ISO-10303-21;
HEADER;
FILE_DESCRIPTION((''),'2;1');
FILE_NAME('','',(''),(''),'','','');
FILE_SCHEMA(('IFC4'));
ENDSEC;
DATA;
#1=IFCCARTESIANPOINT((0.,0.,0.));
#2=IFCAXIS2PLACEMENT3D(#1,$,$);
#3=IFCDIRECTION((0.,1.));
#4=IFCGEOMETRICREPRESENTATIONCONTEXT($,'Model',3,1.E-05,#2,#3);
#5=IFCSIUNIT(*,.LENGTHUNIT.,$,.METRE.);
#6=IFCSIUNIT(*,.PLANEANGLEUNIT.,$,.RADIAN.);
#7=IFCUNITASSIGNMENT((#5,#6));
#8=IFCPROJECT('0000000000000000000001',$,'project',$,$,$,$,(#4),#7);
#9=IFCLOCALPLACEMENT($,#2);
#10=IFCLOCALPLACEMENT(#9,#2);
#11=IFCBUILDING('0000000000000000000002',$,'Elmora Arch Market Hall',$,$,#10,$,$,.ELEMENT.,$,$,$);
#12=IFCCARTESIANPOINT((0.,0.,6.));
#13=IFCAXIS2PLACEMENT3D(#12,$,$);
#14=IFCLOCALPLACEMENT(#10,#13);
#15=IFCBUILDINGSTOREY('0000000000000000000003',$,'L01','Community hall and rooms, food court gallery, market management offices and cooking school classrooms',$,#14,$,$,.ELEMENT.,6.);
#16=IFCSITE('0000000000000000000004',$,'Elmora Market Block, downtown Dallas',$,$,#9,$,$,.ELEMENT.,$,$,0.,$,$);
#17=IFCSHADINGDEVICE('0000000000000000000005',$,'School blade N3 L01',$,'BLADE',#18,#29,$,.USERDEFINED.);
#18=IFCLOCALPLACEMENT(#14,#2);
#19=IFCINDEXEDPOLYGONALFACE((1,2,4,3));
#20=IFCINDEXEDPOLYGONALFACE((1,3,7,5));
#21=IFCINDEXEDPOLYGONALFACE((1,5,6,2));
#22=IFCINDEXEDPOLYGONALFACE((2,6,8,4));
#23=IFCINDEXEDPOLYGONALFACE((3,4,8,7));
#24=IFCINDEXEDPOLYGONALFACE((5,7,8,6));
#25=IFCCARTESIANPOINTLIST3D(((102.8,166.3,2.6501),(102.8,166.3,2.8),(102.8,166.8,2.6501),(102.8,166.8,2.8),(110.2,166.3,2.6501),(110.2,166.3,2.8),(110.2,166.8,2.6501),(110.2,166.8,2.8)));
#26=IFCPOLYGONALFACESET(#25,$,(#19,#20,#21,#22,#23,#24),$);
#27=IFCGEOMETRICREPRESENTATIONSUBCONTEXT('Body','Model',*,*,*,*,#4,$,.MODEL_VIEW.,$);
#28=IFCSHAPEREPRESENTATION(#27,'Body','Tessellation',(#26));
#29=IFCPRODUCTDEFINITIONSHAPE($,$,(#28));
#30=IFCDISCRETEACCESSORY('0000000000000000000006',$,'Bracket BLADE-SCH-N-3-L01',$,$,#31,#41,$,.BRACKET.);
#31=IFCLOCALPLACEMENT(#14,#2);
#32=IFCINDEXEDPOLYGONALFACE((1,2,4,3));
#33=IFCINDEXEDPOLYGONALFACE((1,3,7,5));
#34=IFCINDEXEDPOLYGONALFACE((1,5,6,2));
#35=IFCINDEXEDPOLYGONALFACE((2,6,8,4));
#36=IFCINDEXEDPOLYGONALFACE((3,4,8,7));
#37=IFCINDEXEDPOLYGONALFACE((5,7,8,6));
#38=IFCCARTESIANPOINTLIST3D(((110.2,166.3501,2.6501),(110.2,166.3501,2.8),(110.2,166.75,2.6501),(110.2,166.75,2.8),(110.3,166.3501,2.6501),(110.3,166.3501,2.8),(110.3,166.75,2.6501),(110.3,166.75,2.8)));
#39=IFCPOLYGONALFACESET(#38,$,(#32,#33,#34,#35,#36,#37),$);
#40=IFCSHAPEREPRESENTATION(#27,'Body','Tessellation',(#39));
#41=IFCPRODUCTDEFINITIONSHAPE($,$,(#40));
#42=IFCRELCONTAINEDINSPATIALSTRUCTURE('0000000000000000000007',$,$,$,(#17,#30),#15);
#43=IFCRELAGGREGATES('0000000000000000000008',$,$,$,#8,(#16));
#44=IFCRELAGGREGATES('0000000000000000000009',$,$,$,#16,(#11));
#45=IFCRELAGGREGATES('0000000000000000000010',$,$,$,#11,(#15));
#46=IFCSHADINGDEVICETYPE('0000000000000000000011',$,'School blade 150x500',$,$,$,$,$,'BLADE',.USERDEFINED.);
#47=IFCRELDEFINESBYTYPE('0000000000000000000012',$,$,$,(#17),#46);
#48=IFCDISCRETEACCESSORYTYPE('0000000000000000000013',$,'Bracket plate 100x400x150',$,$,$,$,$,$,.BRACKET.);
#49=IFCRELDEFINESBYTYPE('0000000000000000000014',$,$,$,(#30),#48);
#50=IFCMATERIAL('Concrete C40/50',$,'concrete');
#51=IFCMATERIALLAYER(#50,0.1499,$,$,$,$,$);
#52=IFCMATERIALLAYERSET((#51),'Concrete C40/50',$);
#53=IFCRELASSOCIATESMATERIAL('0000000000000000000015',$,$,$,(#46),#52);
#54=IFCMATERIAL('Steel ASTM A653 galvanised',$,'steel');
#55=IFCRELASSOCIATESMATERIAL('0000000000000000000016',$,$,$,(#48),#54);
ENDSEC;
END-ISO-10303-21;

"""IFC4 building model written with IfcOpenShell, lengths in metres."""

from ifc_helpers import new_model, si_unit, direction, frame, origin, origin_2d, place, context, subcontext, project, spatial, rectangle, extrude, material, layer, layer_set, type_object, element, save


model = new_model("IFC4")

# Units and contexts
model_context = context("Model", 3, precision=1e-05, world=origin(), true_north=direction((0.0, 1.0)))
body_context = subcontext(model_context, "Body", "Model", "MODEL_VIEW")
ifc_project = project(units=[si_unit("LENGTHUNIT", "METRE"), si_unit("PLANEANGLEUNIT", "RADIAN")], contexts=[model_context])

# Site, building, storey
site_placement = place(None, origin())
site = spatial("IfcSite", under=ifc_project, at=site_placement, Name="Elmora Market Block, downtown Dallas", CompositionType="ELEMENT", RefElevation=0.0)
building_placement = place(site_placement, origin())
building = spatial("IfcBuilding", under=site, at=building_placement, Name="Elmora Arch Market Hall", CompositionType="ELEMENT")
storey_placement = place(building_placement, frame((0.0, 0.0, 6.0)))
storey = spatial("IfcBuildingStorey", under=building, at=storey_placement, Name="L01", Description="Community hall and rooms, food court gallery, market management offices and cooking school classrooms", CompositionType="ELEMENT", Elevation=6.0)

# Shading device
ifc_material_1 = material(Name="Concrete C40/50", Category="concrete")
ifc_layer_1 = layer(ifc_material_1, 0.1499)
ifc_layer_set_1 = layer_set([ifc_layer_1], Name="Concrete C40/50")
shading_device_type = type_object("IfcShadingDeviceType", Name="School blade 150x500", ElementType="BLADE", PredefinedType="USERDEFINED", material=ifc_layer_set_1)
shading_device_placement = place(storey_placement, frame((106.5, 166.55, 2.6501), z_axis=(0.0, 0.0, 1.0), x_axis=(1.0, 0.0, 0.0)))
element("IfcShadingDevice", 1, at=shading_device_placement, inside=storey, type_object=shading_device_type, Name="School blade N3 L01", ObjectType="BLADE", PredefinedType="USERDEFINED", context=body_context, shape_type="SweptSolid", body=[
    extrude(rectangle(XDim=7.3999, YDim=0.5, at=origin_2d()), origin(), (0.0, 0.0, 1.0), 0.1499),
])

# Discrete accessory
ifc_material_2 = material(Name="Steel ASTM A653 galvanised", Category="steel")
discrete_accessory_type = type_object("IfcDiscreteAccessoryType", Name="Bracket plate 100x400x150", PredefinedType="BRACKET", material=ifc_material_2)
discrete_accessory_placement = place(storey_placement, frame((110.25, 166.55, 2.6501), z_axis=(0.0, 0.0, 1.0), x_axis=(1.0, 0.0, 0.0)))
element("IfcDiscreteAccessory", 2, at=discrete_accessory_placement, inside=storey, type_object=discrete_accessory_type, Name="Bracket BLADE-SCH-N-3-L01", PredefinedType="BRACKET", context=body_context, shape_type="SweptSolid", body=[
    extrude(rectangle(XDim=0.1001, YDim=0.3999, at=origin_2d()), origin(), (0.0, 0.0, 1.0), 0.1499),
])

save(model, "model.ifc")
